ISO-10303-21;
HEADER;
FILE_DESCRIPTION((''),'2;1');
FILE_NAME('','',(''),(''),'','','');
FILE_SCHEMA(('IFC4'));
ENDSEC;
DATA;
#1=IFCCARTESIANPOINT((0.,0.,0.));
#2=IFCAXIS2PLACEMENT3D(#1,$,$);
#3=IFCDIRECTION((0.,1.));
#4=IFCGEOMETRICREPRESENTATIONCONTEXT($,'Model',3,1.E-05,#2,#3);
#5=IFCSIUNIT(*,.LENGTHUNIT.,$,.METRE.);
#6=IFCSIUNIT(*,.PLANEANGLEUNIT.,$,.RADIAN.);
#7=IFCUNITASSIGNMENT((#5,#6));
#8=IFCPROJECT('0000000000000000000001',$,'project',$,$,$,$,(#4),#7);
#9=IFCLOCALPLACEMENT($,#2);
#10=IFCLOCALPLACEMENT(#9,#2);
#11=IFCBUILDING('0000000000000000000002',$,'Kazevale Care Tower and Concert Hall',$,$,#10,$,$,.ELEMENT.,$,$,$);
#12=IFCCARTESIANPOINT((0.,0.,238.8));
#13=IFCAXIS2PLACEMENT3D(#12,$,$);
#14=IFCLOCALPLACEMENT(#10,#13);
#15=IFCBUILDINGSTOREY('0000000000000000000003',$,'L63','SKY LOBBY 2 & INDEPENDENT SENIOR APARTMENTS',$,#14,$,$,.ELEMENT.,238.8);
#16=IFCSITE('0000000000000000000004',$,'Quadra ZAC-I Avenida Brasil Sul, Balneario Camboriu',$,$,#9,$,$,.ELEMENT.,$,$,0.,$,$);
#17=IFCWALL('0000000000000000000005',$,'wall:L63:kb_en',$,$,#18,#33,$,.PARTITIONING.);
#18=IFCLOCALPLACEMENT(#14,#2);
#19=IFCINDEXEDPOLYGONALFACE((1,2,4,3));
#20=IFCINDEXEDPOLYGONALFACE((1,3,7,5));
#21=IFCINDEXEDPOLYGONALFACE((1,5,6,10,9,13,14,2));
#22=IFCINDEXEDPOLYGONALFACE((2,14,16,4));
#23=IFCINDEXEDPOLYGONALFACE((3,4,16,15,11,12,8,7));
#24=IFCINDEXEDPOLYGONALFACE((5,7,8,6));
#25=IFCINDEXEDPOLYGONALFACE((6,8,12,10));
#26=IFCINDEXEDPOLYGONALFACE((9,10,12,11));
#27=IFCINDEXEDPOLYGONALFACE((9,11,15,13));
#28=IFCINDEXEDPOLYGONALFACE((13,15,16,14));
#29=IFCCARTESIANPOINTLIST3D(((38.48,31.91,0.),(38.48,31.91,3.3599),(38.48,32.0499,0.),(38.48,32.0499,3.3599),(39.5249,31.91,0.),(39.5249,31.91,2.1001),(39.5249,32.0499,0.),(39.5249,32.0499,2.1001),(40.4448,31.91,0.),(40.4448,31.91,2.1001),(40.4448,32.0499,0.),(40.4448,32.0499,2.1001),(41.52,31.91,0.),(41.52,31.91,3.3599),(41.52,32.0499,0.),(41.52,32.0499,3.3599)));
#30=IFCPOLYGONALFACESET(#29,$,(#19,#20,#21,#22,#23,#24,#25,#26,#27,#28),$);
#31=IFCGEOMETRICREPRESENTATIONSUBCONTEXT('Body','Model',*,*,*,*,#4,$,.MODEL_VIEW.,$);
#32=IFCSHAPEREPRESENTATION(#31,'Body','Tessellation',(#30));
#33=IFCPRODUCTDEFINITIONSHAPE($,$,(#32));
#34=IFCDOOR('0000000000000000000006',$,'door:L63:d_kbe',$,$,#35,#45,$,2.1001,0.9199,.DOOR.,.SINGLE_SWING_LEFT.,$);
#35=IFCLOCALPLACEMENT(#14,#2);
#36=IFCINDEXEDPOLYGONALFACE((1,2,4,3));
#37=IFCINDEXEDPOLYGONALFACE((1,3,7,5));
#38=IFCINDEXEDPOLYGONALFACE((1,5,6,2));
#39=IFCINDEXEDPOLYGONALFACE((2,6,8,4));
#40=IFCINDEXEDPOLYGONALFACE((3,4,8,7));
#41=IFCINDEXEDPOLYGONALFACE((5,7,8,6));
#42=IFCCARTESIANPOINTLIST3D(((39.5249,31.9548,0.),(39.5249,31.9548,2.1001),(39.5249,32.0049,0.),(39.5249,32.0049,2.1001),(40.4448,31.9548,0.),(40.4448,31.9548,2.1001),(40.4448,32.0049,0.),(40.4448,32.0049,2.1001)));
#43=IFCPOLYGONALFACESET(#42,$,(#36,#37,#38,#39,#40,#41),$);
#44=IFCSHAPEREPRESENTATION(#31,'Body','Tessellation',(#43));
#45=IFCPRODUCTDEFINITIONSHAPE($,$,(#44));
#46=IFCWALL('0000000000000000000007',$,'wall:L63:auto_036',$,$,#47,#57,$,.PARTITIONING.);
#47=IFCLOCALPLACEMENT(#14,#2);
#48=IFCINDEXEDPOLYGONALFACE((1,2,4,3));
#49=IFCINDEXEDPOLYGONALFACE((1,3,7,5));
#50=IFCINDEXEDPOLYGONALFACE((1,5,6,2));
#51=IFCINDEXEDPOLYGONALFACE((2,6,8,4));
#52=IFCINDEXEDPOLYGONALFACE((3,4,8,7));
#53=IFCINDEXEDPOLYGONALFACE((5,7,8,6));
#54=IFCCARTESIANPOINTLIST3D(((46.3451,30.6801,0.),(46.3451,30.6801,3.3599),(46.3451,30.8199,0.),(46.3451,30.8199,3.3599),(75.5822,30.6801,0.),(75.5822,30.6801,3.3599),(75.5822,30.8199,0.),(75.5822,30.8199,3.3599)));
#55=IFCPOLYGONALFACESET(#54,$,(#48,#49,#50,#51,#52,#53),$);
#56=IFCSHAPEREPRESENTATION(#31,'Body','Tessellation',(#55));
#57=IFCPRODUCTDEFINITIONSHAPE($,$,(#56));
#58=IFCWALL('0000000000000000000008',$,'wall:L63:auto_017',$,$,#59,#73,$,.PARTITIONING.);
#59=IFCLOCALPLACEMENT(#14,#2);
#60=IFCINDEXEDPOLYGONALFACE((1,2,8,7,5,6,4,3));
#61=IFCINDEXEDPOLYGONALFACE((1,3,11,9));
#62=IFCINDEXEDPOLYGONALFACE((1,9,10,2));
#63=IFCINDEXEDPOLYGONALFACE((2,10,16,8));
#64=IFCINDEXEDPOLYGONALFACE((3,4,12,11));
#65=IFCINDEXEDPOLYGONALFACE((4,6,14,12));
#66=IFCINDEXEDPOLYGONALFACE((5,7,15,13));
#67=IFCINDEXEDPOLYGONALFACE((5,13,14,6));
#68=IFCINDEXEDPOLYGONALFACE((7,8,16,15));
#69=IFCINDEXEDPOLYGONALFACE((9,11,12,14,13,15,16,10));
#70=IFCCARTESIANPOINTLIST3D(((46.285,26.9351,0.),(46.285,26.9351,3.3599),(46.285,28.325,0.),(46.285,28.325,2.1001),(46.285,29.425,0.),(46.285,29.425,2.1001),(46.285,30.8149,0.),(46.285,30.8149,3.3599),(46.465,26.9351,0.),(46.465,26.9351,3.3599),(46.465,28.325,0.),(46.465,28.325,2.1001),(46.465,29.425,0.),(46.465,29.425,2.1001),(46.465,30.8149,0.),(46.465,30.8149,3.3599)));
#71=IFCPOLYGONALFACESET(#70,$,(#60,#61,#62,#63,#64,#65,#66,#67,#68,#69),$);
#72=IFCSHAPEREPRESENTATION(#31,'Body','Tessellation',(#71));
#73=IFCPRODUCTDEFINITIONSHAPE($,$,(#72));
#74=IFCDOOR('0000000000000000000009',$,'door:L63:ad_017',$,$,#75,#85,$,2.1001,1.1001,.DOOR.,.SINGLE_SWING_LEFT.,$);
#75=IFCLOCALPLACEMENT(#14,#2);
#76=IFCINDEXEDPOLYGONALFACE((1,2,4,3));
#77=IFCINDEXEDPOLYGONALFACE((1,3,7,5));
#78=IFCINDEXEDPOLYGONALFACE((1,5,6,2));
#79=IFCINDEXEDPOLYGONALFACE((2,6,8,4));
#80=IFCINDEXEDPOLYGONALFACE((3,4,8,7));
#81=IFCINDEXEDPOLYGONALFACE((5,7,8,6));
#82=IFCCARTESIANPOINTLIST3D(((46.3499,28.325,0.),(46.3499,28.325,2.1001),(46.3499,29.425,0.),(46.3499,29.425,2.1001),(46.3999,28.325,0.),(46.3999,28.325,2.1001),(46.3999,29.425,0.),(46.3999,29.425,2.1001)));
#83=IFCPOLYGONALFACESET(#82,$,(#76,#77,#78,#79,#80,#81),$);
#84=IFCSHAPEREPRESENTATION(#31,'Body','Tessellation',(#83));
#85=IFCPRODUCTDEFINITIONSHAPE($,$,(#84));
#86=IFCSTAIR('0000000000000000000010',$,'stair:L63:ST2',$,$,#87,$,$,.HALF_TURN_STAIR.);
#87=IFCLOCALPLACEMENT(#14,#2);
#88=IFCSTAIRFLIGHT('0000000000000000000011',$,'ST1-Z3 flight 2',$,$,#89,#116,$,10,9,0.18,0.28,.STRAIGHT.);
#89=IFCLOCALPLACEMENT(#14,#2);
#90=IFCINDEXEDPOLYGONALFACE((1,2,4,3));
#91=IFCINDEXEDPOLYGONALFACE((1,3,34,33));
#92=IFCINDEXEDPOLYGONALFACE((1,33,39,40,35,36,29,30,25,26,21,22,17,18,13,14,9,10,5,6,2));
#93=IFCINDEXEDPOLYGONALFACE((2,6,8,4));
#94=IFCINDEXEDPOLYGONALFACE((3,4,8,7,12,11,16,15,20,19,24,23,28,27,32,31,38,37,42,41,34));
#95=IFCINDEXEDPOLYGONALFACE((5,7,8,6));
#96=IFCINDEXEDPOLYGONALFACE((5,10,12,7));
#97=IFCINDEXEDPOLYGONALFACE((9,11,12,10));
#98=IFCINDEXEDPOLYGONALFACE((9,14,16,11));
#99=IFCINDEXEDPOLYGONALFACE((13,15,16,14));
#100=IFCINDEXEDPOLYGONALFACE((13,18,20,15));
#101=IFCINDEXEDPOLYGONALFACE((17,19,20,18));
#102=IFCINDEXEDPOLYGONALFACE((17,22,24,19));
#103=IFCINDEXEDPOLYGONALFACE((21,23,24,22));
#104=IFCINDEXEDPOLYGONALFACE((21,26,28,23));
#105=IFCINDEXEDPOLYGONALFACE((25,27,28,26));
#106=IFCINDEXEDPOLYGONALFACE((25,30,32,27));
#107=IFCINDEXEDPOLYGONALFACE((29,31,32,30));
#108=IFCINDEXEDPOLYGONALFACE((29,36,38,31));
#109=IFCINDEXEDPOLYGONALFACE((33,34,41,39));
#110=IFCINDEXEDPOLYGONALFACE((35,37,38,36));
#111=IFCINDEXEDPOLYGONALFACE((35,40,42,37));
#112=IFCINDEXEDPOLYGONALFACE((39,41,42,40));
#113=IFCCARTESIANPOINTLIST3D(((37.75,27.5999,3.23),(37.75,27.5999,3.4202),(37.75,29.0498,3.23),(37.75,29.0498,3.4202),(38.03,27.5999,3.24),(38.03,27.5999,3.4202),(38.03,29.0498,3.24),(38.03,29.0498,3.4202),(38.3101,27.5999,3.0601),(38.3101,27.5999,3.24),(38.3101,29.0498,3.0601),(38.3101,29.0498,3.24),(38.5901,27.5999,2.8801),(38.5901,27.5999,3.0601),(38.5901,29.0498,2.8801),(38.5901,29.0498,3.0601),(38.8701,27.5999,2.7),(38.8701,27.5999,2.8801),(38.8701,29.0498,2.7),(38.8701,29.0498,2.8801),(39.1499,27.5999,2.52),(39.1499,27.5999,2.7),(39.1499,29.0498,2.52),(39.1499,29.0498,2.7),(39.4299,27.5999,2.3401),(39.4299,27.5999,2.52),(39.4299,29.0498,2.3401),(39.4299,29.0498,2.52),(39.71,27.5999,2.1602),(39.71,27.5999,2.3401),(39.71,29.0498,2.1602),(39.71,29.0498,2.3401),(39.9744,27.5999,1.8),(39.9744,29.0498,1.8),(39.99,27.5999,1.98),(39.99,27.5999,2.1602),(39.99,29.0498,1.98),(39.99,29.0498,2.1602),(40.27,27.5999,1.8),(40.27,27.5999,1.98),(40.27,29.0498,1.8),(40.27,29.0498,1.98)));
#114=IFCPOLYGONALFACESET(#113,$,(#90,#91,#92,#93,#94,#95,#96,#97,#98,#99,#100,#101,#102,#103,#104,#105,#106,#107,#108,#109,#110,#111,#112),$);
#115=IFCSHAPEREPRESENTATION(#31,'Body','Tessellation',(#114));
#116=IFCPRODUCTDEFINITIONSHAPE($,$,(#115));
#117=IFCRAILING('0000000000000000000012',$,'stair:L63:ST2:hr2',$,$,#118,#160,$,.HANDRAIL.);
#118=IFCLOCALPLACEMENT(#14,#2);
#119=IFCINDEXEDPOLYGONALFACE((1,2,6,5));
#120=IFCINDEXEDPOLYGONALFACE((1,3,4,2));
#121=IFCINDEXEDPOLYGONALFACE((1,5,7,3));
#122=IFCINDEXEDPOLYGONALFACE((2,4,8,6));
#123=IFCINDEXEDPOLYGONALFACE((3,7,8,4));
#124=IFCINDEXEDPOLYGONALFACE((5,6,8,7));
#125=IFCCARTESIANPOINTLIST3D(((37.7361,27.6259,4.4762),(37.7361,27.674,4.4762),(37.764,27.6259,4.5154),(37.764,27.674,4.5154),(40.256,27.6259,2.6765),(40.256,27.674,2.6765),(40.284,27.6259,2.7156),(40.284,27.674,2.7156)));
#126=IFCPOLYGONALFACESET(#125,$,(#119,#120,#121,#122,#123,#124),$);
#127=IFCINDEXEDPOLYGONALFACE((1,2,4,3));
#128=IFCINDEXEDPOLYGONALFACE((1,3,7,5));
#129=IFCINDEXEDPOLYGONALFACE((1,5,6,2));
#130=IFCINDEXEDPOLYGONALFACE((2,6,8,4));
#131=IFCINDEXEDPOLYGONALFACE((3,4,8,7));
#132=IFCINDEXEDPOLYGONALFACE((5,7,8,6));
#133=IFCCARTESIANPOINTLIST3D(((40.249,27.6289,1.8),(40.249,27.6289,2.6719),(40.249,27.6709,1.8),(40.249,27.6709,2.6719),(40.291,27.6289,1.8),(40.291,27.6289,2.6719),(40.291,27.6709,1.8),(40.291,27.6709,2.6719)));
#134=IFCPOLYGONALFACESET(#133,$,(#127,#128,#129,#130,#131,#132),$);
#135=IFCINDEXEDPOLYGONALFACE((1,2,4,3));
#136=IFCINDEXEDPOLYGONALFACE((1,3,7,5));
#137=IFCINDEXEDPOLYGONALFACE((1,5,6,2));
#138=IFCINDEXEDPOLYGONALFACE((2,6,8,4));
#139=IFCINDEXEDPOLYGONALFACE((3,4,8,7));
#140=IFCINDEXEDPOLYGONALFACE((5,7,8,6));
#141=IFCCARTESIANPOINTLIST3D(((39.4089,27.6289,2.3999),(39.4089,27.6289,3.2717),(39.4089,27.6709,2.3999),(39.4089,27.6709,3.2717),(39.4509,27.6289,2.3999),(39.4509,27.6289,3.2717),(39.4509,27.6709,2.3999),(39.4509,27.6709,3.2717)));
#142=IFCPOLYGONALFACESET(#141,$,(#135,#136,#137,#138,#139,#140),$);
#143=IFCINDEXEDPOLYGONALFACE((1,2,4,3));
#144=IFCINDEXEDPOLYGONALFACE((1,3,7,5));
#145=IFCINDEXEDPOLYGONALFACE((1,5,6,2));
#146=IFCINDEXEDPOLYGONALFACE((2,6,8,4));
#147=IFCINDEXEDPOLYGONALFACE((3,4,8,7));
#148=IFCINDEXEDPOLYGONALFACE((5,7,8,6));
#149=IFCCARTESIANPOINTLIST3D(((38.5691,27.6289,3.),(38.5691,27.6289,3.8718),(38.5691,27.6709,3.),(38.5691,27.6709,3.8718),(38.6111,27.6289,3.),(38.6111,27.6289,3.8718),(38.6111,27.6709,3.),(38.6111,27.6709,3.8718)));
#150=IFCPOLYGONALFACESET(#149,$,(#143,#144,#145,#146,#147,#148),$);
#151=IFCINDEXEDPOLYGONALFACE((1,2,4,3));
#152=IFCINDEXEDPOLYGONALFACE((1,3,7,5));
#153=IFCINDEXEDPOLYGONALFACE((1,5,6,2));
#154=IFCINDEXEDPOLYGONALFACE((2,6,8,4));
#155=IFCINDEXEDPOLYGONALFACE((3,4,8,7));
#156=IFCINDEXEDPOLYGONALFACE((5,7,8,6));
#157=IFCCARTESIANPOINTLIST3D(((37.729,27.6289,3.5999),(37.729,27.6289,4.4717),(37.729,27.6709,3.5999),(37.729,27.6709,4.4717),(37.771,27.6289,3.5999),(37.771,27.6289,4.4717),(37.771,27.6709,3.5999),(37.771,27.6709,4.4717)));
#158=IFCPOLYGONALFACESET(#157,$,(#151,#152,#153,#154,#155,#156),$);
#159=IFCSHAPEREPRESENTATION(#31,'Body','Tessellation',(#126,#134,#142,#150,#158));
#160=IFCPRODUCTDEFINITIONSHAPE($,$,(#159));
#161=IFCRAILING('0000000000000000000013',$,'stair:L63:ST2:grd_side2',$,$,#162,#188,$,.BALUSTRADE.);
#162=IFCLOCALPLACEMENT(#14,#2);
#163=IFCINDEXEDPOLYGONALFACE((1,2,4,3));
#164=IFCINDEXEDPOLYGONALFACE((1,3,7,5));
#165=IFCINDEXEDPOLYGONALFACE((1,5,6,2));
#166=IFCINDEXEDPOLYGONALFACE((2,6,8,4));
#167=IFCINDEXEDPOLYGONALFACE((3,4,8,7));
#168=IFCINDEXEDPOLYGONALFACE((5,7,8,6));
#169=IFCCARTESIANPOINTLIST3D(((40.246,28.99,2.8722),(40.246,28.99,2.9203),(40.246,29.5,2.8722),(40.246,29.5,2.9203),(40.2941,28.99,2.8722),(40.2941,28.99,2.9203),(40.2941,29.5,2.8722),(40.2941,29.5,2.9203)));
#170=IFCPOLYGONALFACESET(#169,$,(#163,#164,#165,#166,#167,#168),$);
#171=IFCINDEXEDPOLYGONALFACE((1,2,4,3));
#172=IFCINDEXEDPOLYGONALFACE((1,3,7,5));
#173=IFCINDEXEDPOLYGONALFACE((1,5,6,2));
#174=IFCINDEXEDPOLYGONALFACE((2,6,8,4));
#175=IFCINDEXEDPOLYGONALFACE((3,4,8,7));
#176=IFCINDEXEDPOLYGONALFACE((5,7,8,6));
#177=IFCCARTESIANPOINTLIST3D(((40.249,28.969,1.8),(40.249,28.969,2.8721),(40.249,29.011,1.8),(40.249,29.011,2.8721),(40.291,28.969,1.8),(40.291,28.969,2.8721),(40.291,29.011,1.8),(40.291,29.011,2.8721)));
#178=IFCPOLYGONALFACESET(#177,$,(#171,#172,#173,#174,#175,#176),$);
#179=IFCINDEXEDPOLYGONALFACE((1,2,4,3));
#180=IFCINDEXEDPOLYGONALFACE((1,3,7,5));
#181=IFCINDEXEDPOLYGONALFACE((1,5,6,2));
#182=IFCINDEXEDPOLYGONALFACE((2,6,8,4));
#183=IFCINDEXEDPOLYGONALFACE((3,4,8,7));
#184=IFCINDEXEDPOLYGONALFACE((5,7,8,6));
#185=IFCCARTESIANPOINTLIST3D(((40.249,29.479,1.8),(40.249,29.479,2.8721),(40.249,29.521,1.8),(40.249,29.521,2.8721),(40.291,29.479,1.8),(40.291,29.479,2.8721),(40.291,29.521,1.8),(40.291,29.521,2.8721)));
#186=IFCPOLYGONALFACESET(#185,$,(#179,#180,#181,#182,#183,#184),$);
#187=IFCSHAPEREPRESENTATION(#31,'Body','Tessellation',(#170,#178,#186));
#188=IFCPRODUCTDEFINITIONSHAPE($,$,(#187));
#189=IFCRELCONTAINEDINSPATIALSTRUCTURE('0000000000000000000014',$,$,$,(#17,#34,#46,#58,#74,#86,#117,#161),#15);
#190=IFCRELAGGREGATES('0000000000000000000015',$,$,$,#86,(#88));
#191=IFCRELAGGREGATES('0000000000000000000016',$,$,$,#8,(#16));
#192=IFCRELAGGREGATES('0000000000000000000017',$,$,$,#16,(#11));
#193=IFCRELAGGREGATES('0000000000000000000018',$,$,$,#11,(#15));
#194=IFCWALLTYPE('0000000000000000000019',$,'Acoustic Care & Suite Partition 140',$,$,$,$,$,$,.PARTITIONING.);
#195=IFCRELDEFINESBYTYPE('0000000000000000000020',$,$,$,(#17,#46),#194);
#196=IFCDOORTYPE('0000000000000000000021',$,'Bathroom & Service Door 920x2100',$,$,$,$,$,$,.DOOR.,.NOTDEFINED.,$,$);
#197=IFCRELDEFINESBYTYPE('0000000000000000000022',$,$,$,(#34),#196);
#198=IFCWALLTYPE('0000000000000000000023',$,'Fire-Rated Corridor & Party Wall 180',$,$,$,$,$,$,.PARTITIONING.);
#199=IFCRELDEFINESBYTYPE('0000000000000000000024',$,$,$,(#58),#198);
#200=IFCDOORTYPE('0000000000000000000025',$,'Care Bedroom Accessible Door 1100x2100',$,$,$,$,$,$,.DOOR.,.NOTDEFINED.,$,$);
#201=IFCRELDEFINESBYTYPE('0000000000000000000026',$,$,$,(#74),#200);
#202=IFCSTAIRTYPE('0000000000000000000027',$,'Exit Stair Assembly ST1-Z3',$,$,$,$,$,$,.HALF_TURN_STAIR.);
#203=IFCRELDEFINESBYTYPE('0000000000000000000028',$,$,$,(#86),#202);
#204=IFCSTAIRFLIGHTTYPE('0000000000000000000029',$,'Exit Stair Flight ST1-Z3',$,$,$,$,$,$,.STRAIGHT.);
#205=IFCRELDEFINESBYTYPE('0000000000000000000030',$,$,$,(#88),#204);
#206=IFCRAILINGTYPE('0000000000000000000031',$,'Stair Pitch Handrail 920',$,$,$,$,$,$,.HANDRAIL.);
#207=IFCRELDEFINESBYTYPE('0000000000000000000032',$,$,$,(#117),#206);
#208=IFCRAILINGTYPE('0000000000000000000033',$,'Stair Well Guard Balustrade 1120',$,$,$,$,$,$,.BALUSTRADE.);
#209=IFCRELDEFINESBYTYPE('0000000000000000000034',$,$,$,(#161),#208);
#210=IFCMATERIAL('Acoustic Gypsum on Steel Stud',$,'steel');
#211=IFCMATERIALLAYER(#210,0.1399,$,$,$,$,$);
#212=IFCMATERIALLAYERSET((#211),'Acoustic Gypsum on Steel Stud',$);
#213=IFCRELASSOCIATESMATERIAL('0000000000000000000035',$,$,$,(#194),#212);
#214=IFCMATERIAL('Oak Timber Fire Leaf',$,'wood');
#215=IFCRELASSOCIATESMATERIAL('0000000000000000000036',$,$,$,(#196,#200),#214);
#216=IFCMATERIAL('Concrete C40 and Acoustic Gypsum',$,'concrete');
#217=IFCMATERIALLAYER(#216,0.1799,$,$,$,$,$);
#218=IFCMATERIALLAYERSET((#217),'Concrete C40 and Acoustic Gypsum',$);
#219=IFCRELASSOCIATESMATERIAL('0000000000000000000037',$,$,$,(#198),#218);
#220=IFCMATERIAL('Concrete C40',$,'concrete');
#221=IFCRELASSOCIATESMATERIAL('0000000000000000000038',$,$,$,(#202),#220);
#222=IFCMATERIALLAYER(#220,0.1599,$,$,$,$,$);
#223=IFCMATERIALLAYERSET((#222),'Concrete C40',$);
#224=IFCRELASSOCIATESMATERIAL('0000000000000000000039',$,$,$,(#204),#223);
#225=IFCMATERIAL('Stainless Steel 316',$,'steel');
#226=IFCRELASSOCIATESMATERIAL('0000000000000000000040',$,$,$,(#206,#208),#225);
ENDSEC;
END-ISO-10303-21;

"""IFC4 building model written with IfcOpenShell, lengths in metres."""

from ifc_helpers import new_model, si_unit, direction, frame, frame_2d, origin, origin_2d, place, context, subcontext, project, spatial, polyline, rectangle, outline, extrude, material, layer, layer_set, type_object, element, fill, aggregate, save


model = new_model("IFC4")

# Units and contexts
model_context = context("Model", 3, precision=1e-05, world=origin(), true_north=direction((0.0, 1.0)))
body_context = subcontext(model_context, "Body", "Model", "MODEL_VIEW")
ifc_project = project(units=[si_unit("LENGTHUNIT", "METRE"), si_unit("PLANEANGLEUNIT", "RADIAN")], contexts=[model_context])

# Site, building, storey
site_placement = place(None, origin())
site = spatial("IfcSite", under=ifc_project, at=site_placement, Name="Quadra ZAC-I Avenida Brasil Sul, Balneario Camboriu", CompositionType="ELEMENT", RefElevation=0.0)
building_placement = place(site_placement, origin())
building = spatial("IfcBuilding", under=site, at=building_placement, Name="Kazevale Care Tower and Concert Hall", CompositionType="ELEMENT")
storey_placement = place(building_placement, frame((0.0, 0.0, 238.8)))
storey = spatial("IfcBuildingStorey", under=building, at=storey_placement, Name="L63", Description="SKY LOBBY 2 & INDEPENDENT SENIOR APARTMENTS", CompositionType="ELEMENT", Elevation=238.8)

# Shared definitions
ifc_material_1 = material(Name="Acoustic Gypsum on Steel Stud", Category="steel")
ifc_layer_1 = layer(ifc_material_1, 0.1399)
ifc_layer_set_1 = layer_set([ifc_layer_1], Name="Acoustic Gypsum on Steel Stud")
wall_type_1 = type_object("IfcWallType", Name="Acoustic Care & Suite Partition 140", PredefinedType="PARTITIONING", material=ifc_layer_set_1)
ifc_material_2 = material(Name="Oak Timber Fire Leaf", Category="wood")
door_type_1 = type_object("IfcDoorType", Name="Bathroom & Service Door 920x2100", OperationType="NOTDEFINED", PredefinedType="DOOR", material=ifc_material_2)

# Wall, opening, door
wall_1_placement = place(storey_placement, frame((38.48, 31.98, 0.0), z_axis=(0.0, 0.0, 1.0), x_axis=(1.0, 0.0, 0.0)))
wall_1 = element("IfcWall", 1, at=wall_1_placement, inside=storey, type_object=wall_type_1, Name="wall:L63:kb_en", PredefinedType="PARTITIONING", context=body_context, shape_type="SweptSolid", body=[
    extrude(rectangle(XDim=3.04, YDim=0.1399, at=frame_2d((1.52, 0.0))), origin(), (0.0, 0.0, 1.0), 3.3599),
])
opening_1_placement = place(wall_1_placement, frame((1.0449, 0.0, 0.0)))
opening_1 = element("IfcOpeningElement", 2, at=opening_1_placement, cuts=wall_1, PredefinedType="OPENING", context=body_context, shape_type="SweptSolid", body=[
    extrude(rectangle(XDim=0.9199, YDim=2.1001, at=frame_2d((0.46, 1.05))), frame((0.0, 0.0798, 0.0), z_axis=(0.0, -1.0, 0.0), x_axis=(1.0, 0.0, 0.0)), (0.0, 0.0, 1.0), 0.1599),
])
door_1_placement = place(opening_1_placement, origin())
door_1 = element("IfcDoor", 3, at=door_1_placement, inside=storey, type_object=door_type_1, Name="door:L63:d_kbe", OperationType="SINGLE_SWING_LEFT", OverallHeight=2.1001, OverallWidth=0.9199, PredefinedType="DOOR", context=body_context, shape_type="SweptSolid", body=[
    extrude(rectangle(XDim=0.9199, YDim=2.1001, at=frame_2d((0.46, 1.05))), frame((0.0, 0.0249, 0.0), z_axis=(0.0, -1.0, 0.0), x_axis=(1.0, 0.0, 0.0)), (0.0, 0.0, 1.0), 0.05),
])
fill(opening_1, door_1)

# Wall
wall_2_placement = place(storey_placement, frame((46.345, 30.75, 0.0), z_axis=(0.0, 0.0, 1.0), x_axis=(1.0, 0.0, 0.0)))
element("IfcWall", 4, at=wall_2_placement, inside=storey, type_object=wall_type_1, Name="wall:L63:auto_036", PredefinedType="PARTITIONING", context=body_context, shape_type="SweptSolid", body=[
    extrude(rectangle(XDim=29.2371, YDim=0.1399, at=frame_2d((14.6187, 0.0))), origin(), (0.0, 0.0, 1.0), 3.3599),
])

# Wall, opening, door
ifc_material_3 = material(Name="Concrete C40 and Acoustic Gypsum", Category="concrete")
ifc_layer_2 = layer(ifc_material_3, 0.1799)
ifc_layer_set_2 = layer_set([ifc_layer_2], Name="Concrete C40 and Acoustic Gypsum")
wall_type_2 = type_object("IfcWallType", Name="Fire-Rated Corridor & Party Wall 180", PredefinedType="PARTITIONING", material=ifc_layer_set_2)
wall_3_placement = place(storey_placement, frame((46.375, 30.8149, 0.0), z_axis=(0.0, 0.0, 1.0), x_axis=(0.0, -1.0, 0.0)))
wall_3 = element("IfcWall", 5, at=wall_3_placement, inside=storey, type_object=wall_type_2, Name="wall:L63:auto_017", PredefinedType="PARTITIONING", context=body_context, shape_type="SweptSolid", body=[
    extrude(rectangle(XDim=3.8799, YDim=0.1799, at=frame_2d((1.9399, 0.0))), origin(), (0.0, 0.0, 1.0), 3.3599),
])
opening_2_placement = place(wall_3_placement, frame((1.3899, 0.0, 0.0)))
opening_2 = element("IfcOpeningElement", 6, at=opening_2_placement, cuts=wall_3, PredefinedType="OPENING", context=body_context, shape_type="SweptSolid", body=[
    extrude(rectangle(XDim=1.1001, YDim=2.1001, at=frame_2d((0.55, 1.05))), frame((0.0, 0.0999, 0.0), z_axis=(0.0, -1.0, 0.0), x_axis=(1.0, 0.0, 0.0)), (0.0, 0.0, 1.0), 0.2),
])
door_type_2 = type_object("IfcDoorType", Name="Care Bedroom Accessible Door 1100x2100", OperationType="NOTDEFINED", PredefinedType="DOOR", material=ifc_material_2)
door_2_placement = place(opening_2_placement, origin())
door_2 = element("IfcDoor", 7, at=door_2_placement, inside=storey, type_object=door_type_2, Name="door:L63:ad_017", OperationType="SINGLE_SWING_LEFT", OverallHeight=2.1001, OverallWidth=1.1001, PredefinedType="DOOR", context=body_context, shape_type="SweptSolid", body=[
    extrude(rectangle(XDim=1.1001, YDim=2.1001, at=frame_2d((0.55, 1.05))), frame((0.0, 0.0249, 0.0), z_axis=(0.0, -1.0, 0.0), x_axis=(1.0, 0.0, 0.0)), (0.0, 0.0, 1.0), 0.05),
])
fill(opening_2, door_2)

# Stair, stair flight
ifc_material_4 = material(Name="Concrete C40", Category="concrete")
stair_type = type_object("IfcStairType", Name="Exit Stair Assembly ST1-Z3", PredefinedType="HALF_TURN_STAIR", material=ifc_material_4)
stair_placement = place(storey_placement, origin())
stair = element("IfcStair", 8, at=stair_placement, inside=storey, type_object=stair_type, Name="stair:L63:ST2", PredefinedType="HALF_TURN_STAIR")
ifc_layer_3 = layer(ifc_material_4, 0.1599)
ifc_layer_set_3 = layer_set([ifc_layer_3], Name="Concrete C40")
stair_flight_type = type_object("IfcStairFlightType", Name="Exit Stair Flight ST1-Z3", PredefinedType="STRAIGHT", material=ifc_layer_set_3)
stair_flight_placement = place(storey_placement, frame((40.27, 28.325, 1.8), z_axis=(0.0, 0.0, 1.0), x_axis=(-1.0, 0.0, 0.0)))
stair_flight = element("IfcStairFlight", 9, at=stair_flight_placement, type_object=stair_flight_type, Name="ST1-Z3 flight 2", NumberOfRisers=10, NumberOfTreads=9, PredefinedType="STRAIGHT", RiserHeight=0.18, TreadLength=0.28, context=body_context, shape_type="SweptSolid", body=[
    extrude(outline(polyline([(0.0, 0.0), (0.0, 0.1799), (0.28, 0.1799), (0.28, 0.3601), (0.5601, 0.3601), (0.5601, 0.54), (0.8401, 0.54), (0.8401, 0.72), (1.1201, 0.72), (1.1201, 0.8999), (1.3999, 0.8999), (1.3999, 1.0801), (1.6799, 1.0801), (1.6799, 1.26), (1.96, 1.26), (1.96, 1.4399), (2.24, 1.4399), (2.24, 1.6201), (2.52, 1.6201), (2.52, 1.8), (2.52, 1.4299), (0.2957, 0.0), (0.0, 0.0)])), frame((0.0, 0.7251, 0.0), z_axis=(0.0, -1.0, 0.0), x_axis=(1.0, 0.0, 0.0)), (0.0, 0.0, 1.0), 1.45),
])
aggregate(stair, [stair_flight])

# Railings
ifc_material_5 = material(Name="Stainless Steel 316", Category="steel")
railing_type_1 = type_object("IfcRailingType", Name="Stair Pitch Handrail 920", PredefinedType="HANDRAIL", material=ifc_material_5)
railing_1_placement = place(storey_placement, frame((40.27, 27.6499, 1.8)))
element("IfcRailing", 10, at=railing_1_placement, inside=storey, type_object=railing_type_1, Name="stair:L63:ST2:hr2", PredefinedType="HANDRAIL", context=body_context, shape_type="SweptSolid", body=[
    extrude(rectangle(XDim=0.0481, YDim=0.0481, at=origin_2d()), frame((0.0, 0.0, 0.896), z_axis=(-0.813765, 0.0, 0.581193), x_axis=(0.0, -1.0, 0.0)), (0.0, 0.0, 1.0), 3.0967),
    extrude(rectangle(XDim=0.042, YDim=0.042, at=origin_2d()), origin(), (0.0, 0.0, 1.0), 0.8718),
    extrude(rectangle(XDim=0.042, YDim=0.042, at=origin_2d()), frame((-0.8401, 0.0, 0.5999)), (0.0, 0.0, 1.0), 0.8718),
    extrude(rectangle(XDim=0.042, YDim=0.042, at=origin_2d()), frame((-1.6799, 0.0, 1.2)), (0.0, 0.0, 1.0), 0.8718),
    extrude(rectangle(XDim=0.042, YDim=0.042, at=origin_2d()), frame((-2.52, 0.0, 1.7998)), (0.0, 0.0, 1.0), 0.8718),
])
railing_type_2 = type_object("IfcRailingType", Name="Stair Well Guard Balustrade 1120", PredefinedType="BALUSTRADE", material=ifc_material_5)
railing_2_placement = place(storey_placement, frame((40.27, 28.99, 1.8)))
element("IfcRailing", 11, at=railing_2_placement, inside=storey, type_object=railing_type_2, Name="stair:L63:ST2:grd_side2", PredefinedType="BALUSTRADE", context=body_context, shape_type="SweptSolid", body=[
    extrude(rectangle(XDim=0.0481, YDim=0.0481, at=origin_2d()), frame((0.0, 0.0, 1.0962), z_axis=(0.0, 1.0, 0.0), x_axis=(-1.0, 0.0, 0.0)), (0.0, 0.0, 1.0), 0.51),
    extrude(rectangle(XDim=0.042, YDim=0.042, at=origin_2d()), origin(), (0.0, 0.0, 1.0), 1.072),
    extrude(rectangle(XDim=0.042, YDim=0.042, at=origin_2d()), frame((0.0, 0.51, 0.0)), (0.0, 0.0, 1.0), 1.072),
])

save(model, "model.ifc")
